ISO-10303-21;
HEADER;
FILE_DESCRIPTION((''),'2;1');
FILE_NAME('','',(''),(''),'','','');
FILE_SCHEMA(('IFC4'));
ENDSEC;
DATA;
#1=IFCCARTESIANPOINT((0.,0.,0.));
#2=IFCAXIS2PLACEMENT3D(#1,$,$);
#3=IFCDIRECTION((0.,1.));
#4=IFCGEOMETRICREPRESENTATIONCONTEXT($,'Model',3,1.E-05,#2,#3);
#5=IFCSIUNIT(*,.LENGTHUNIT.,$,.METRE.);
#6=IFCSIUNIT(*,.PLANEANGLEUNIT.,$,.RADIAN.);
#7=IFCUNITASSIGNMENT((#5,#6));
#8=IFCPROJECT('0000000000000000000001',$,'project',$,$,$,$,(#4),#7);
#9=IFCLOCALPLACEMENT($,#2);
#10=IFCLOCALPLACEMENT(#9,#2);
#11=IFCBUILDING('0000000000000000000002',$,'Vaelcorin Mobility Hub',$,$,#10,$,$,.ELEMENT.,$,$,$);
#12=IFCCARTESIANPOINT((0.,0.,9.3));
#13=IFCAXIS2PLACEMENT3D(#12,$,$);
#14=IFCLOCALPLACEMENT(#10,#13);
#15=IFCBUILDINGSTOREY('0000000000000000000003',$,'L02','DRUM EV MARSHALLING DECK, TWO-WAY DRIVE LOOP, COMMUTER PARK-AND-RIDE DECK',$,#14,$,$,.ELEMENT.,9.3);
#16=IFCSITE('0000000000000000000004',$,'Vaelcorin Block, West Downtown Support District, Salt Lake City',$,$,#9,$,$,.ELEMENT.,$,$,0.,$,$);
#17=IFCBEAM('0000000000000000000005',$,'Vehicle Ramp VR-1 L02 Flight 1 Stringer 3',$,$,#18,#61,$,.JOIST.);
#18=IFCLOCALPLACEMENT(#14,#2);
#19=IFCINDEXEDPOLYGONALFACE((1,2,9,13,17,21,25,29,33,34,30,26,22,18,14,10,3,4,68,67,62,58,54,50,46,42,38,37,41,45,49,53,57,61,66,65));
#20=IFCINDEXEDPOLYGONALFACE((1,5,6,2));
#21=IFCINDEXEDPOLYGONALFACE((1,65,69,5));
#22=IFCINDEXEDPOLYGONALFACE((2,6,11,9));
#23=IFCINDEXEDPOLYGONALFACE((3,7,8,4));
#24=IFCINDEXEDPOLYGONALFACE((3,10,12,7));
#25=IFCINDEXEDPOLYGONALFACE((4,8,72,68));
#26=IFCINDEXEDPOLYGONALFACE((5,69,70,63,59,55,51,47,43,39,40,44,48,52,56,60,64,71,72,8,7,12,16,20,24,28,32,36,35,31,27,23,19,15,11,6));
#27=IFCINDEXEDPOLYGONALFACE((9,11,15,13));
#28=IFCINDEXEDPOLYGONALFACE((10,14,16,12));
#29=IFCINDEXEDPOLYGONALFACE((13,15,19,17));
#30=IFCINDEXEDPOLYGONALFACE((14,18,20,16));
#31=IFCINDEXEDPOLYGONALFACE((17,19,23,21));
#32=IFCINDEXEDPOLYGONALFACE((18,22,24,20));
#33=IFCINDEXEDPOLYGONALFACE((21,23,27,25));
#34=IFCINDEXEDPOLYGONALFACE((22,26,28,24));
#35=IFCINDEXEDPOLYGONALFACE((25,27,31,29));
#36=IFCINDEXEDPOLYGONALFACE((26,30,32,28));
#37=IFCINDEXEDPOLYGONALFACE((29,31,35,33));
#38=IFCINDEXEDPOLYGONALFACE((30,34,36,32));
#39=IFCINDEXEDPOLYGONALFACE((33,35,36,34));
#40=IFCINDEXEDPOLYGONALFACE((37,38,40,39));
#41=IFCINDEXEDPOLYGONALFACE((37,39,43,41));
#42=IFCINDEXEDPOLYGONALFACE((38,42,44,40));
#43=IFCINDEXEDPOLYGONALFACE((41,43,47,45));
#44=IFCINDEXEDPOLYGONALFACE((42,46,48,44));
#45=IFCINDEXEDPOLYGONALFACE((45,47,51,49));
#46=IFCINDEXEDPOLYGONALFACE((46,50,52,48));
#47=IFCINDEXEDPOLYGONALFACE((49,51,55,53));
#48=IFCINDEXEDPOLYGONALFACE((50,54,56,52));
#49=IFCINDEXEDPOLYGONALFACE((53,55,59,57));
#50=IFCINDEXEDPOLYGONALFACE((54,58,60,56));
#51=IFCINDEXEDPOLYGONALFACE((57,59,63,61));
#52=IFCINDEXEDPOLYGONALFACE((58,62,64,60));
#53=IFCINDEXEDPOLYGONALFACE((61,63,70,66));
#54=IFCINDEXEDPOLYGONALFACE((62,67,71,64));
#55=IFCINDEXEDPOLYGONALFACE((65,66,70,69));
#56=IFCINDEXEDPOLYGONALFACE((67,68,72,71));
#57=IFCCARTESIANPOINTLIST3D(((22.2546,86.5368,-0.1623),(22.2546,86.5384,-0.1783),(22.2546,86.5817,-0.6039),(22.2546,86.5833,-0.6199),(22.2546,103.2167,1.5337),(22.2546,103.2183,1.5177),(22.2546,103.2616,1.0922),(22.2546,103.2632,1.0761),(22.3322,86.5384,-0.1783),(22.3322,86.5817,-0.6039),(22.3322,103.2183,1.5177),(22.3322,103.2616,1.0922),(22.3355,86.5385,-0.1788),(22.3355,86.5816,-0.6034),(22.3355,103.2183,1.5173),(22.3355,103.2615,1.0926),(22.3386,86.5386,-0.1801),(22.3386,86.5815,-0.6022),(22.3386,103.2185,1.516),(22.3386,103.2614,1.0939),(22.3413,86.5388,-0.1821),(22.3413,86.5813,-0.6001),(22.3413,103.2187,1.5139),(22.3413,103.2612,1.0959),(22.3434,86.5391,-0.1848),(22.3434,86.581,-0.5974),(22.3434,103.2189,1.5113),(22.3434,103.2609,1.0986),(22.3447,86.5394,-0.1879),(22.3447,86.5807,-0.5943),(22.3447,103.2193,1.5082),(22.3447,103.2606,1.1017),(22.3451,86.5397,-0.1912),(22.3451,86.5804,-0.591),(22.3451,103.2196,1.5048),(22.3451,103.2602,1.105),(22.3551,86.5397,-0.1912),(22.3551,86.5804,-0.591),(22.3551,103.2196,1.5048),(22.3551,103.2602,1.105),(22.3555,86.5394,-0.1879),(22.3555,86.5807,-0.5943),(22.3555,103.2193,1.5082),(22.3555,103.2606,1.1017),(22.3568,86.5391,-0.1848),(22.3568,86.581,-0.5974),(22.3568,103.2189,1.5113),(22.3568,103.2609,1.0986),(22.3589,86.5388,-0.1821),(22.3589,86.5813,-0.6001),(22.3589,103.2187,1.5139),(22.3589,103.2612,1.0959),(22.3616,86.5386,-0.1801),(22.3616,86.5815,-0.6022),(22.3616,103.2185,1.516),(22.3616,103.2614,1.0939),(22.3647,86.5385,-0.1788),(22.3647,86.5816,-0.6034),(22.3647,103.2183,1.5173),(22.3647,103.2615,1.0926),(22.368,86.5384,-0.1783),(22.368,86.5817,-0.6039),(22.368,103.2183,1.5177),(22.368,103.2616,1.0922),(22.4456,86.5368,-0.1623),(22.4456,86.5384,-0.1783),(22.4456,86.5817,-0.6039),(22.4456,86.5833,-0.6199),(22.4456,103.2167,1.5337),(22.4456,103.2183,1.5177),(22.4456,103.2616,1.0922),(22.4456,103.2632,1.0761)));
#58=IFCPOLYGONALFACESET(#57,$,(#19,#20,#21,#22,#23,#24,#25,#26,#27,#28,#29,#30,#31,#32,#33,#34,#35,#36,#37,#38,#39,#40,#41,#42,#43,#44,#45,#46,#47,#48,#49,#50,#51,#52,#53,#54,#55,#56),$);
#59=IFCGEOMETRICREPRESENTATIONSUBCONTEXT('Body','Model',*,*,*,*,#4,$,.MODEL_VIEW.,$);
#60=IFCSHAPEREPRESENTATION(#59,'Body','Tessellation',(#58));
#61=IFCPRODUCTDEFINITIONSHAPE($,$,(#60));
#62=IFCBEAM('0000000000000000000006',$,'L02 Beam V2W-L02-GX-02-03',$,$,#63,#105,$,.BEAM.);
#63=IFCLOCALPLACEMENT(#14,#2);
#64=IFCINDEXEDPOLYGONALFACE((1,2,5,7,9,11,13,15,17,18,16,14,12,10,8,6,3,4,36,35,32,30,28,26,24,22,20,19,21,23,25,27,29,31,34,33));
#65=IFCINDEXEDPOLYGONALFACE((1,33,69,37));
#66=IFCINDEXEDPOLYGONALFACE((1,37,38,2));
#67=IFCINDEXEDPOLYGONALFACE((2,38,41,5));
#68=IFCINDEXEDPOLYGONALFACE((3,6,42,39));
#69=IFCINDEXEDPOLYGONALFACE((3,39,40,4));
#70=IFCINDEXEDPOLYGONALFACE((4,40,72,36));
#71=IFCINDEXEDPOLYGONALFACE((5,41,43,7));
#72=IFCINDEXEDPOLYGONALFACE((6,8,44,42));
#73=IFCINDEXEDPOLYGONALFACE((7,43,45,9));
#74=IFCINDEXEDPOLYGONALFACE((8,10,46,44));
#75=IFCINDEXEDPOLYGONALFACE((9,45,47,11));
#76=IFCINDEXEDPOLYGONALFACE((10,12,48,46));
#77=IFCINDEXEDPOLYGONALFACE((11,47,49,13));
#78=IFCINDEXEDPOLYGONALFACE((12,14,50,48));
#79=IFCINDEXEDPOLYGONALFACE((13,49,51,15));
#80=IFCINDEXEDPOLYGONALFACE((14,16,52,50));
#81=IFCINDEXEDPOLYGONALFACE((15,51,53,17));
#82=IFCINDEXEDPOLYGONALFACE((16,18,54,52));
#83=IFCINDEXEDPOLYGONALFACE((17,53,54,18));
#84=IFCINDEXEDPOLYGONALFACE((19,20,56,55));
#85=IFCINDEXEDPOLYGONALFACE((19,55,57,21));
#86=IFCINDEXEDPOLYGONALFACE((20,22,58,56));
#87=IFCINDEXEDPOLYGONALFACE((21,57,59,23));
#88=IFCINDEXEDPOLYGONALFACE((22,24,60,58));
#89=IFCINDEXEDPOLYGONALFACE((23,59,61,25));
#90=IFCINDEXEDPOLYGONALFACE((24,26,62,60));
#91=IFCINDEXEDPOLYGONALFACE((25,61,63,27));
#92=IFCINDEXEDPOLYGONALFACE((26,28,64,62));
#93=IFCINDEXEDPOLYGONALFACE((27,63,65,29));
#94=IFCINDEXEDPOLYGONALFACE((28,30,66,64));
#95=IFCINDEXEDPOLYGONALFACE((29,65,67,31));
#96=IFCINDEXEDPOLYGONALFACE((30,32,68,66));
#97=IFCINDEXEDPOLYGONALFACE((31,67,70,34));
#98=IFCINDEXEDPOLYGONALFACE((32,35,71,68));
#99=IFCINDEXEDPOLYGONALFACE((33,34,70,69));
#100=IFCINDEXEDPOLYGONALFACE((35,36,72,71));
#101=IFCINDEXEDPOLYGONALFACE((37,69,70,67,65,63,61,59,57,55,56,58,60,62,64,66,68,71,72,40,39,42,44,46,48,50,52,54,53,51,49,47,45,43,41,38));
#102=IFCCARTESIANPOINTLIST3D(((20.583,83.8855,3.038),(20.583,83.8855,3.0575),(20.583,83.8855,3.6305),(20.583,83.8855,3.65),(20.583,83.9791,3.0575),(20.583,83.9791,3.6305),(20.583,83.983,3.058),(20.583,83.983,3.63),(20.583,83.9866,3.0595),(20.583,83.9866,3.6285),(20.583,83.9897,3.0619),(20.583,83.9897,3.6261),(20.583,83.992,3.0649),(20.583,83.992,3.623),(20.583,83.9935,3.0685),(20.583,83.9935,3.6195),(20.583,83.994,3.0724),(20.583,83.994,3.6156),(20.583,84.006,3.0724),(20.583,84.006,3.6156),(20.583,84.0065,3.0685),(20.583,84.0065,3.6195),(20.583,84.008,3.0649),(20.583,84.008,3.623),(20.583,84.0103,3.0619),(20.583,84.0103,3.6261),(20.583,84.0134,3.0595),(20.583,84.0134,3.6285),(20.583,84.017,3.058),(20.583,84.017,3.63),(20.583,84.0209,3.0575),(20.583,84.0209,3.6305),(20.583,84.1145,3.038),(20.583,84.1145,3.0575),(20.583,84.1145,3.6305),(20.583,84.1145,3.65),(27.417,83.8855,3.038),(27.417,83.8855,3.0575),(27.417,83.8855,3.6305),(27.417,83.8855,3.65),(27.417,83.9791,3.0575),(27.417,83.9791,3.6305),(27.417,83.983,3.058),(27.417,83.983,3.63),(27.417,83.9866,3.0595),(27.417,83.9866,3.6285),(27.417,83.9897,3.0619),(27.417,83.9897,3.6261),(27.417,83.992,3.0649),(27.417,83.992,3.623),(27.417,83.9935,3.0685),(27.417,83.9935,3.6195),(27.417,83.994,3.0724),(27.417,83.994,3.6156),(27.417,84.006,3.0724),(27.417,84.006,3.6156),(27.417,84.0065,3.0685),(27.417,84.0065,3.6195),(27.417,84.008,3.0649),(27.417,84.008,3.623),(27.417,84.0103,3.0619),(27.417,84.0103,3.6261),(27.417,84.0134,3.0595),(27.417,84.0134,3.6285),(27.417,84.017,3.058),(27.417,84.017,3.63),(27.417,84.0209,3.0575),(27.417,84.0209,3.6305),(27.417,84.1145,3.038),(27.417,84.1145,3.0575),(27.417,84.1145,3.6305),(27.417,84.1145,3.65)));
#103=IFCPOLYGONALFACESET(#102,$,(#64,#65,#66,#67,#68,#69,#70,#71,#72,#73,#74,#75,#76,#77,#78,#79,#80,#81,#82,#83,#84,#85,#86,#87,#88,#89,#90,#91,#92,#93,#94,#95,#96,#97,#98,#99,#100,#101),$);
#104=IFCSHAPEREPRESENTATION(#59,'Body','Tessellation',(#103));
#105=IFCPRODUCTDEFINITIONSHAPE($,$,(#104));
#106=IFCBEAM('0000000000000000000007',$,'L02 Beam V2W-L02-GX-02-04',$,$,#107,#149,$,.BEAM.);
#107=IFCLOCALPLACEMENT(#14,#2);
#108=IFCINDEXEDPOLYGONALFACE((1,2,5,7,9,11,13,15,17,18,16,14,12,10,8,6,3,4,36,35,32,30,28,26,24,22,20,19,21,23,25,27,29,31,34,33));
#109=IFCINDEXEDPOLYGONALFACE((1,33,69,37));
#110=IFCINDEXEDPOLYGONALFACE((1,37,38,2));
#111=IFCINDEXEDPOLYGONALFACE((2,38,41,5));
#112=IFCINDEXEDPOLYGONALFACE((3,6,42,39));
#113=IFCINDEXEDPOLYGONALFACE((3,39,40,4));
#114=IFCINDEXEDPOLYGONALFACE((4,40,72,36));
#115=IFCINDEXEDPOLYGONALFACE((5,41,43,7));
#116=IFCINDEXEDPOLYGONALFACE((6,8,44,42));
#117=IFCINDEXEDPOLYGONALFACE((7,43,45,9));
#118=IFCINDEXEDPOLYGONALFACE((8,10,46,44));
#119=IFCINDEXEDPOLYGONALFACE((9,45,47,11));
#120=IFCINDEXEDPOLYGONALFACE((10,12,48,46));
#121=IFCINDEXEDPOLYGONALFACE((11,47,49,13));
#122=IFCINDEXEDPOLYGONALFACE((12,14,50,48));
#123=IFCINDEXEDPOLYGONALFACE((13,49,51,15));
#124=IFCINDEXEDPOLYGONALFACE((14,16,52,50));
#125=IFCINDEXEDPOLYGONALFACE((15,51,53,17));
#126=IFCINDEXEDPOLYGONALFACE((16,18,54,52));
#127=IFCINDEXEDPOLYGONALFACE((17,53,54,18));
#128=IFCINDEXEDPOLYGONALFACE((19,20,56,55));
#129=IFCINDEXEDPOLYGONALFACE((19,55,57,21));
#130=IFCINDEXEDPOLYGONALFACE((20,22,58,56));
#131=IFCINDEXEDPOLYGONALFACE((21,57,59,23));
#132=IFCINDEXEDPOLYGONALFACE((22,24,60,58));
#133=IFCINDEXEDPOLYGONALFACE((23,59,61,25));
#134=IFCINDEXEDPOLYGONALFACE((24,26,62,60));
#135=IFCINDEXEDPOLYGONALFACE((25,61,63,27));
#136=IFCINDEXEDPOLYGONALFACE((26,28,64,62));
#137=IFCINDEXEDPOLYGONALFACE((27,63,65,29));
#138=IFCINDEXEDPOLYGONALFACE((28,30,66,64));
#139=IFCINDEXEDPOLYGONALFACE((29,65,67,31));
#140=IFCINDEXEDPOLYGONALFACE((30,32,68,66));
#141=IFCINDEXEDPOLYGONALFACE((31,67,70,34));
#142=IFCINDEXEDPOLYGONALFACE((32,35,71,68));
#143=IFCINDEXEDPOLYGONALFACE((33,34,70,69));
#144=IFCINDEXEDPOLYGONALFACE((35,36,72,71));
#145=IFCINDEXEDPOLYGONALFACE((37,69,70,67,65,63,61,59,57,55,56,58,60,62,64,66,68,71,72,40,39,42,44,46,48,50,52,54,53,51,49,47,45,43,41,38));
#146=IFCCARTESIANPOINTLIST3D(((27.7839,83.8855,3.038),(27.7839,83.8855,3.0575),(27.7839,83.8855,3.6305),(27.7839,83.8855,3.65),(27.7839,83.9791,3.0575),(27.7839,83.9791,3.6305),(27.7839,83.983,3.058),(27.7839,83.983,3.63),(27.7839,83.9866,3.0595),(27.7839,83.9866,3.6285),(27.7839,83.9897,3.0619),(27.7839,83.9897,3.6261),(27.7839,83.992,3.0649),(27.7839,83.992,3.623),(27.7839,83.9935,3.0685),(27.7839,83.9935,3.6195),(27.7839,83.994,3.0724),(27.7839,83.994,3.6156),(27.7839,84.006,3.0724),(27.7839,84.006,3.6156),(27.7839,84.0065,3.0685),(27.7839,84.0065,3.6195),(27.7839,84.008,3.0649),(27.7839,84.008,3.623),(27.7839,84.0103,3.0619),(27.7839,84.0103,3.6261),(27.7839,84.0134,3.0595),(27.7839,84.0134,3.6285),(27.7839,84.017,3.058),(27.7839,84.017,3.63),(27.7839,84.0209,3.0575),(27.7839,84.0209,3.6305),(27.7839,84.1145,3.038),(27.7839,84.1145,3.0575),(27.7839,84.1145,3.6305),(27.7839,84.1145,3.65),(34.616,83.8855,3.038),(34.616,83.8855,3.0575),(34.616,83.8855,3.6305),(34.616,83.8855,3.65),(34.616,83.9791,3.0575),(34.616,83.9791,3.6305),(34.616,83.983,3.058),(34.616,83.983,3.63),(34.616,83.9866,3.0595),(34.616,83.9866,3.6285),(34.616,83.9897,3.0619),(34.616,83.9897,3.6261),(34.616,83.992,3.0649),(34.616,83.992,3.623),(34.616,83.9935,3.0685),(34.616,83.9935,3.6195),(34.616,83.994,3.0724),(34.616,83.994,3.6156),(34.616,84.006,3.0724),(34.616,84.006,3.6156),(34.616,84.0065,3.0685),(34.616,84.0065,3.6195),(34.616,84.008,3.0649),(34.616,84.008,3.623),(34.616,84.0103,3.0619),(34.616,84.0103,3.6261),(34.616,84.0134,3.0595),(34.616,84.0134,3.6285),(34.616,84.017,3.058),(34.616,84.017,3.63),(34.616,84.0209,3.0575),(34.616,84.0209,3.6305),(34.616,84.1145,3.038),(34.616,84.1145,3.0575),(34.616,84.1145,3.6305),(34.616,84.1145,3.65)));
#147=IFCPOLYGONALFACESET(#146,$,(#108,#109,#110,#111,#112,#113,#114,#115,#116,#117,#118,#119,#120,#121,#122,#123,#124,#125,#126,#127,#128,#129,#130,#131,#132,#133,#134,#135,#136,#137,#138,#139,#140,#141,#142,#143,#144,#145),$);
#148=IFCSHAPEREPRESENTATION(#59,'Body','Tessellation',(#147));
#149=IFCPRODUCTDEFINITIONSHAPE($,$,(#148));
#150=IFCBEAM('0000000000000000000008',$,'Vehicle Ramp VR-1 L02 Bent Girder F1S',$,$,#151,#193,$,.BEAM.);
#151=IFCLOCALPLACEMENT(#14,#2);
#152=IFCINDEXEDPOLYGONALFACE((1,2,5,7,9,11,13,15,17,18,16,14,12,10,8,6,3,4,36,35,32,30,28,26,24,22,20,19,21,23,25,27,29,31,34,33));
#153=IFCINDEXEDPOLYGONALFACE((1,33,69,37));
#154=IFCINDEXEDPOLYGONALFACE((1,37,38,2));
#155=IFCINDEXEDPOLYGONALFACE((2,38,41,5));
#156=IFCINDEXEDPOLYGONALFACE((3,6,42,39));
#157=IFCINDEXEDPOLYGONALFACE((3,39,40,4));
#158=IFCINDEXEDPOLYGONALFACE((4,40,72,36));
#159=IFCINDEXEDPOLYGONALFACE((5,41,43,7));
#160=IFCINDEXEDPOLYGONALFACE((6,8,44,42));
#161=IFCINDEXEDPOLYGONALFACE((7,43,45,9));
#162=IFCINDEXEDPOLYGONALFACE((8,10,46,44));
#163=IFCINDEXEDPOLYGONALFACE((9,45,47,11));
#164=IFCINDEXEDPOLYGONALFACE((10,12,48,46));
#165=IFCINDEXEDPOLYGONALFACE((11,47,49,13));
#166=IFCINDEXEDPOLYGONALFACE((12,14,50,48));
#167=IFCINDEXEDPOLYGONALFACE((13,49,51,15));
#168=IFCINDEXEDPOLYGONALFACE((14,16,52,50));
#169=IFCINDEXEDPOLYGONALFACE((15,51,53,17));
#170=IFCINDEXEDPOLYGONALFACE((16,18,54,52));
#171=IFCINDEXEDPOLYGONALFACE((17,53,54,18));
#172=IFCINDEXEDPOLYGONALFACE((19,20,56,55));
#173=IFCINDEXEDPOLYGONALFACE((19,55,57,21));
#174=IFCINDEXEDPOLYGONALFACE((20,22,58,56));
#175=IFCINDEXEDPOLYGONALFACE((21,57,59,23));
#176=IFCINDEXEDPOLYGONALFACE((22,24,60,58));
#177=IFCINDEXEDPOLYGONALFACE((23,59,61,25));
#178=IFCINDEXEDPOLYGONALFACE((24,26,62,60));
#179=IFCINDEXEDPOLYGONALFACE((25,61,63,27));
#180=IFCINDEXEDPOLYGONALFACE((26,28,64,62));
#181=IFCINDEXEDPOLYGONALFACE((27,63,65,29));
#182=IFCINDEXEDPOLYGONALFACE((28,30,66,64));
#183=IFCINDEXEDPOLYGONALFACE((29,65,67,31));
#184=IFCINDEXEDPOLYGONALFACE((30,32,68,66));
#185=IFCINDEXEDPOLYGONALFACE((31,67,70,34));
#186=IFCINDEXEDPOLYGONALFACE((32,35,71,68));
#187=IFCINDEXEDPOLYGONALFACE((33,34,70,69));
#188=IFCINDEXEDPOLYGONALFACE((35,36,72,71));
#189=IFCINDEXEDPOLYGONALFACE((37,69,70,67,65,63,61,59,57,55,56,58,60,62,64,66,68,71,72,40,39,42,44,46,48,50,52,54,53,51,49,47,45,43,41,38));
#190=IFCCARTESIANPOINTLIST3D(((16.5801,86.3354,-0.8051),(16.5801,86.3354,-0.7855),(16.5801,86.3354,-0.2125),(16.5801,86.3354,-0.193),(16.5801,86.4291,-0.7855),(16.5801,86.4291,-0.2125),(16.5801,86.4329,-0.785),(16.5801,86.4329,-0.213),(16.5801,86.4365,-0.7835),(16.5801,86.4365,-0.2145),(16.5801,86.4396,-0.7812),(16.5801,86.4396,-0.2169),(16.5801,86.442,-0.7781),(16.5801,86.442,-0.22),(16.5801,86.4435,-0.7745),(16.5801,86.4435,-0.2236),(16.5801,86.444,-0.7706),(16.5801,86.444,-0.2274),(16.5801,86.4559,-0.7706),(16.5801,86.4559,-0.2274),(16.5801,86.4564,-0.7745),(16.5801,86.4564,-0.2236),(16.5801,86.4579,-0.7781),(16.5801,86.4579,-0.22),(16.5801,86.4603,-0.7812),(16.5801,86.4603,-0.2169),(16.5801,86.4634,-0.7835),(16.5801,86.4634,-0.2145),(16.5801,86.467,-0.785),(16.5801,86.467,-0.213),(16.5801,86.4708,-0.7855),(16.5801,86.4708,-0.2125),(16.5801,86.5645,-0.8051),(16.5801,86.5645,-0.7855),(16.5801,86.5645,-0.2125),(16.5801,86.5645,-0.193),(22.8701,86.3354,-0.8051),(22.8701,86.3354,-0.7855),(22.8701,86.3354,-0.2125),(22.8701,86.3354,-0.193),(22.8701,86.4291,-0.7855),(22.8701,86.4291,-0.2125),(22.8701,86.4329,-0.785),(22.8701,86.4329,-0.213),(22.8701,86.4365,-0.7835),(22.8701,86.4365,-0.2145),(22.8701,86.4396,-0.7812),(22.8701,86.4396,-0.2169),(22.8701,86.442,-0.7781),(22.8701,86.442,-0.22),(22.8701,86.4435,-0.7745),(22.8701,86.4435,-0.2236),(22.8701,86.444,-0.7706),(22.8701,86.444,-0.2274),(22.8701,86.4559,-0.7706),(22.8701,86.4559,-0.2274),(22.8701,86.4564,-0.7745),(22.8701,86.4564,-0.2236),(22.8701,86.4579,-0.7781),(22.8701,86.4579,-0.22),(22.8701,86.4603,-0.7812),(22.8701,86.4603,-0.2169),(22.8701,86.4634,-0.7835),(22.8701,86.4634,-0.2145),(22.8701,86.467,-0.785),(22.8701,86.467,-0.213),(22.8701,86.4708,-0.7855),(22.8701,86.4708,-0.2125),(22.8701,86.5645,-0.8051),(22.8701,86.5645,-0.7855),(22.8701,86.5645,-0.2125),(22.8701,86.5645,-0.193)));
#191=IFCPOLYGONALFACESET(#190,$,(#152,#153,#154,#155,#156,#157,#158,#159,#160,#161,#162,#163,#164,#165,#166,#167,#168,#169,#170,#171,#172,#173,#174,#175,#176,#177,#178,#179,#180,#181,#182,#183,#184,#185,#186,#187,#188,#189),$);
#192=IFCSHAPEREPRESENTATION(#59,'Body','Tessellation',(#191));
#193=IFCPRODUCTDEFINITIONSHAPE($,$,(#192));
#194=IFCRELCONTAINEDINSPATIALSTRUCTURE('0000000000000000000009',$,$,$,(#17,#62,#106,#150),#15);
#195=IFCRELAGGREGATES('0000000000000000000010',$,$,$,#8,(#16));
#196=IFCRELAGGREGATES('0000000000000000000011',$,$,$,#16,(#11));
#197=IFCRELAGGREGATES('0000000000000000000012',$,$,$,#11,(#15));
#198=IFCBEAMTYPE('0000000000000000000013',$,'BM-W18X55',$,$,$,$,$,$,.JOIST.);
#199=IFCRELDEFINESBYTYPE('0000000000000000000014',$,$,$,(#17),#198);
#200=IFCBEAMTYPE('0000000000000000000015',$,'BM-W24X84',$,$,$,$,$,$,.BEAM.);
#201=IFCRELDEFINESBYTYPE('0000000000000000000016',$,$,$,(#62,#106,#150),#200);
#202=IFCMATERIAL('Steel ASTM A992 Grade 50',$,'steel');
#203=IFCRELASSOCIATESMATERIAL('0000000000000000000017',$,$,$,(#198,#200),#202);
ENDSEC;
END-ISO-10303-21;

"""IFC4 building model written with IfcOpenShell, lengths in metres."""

from ifc_helpers import new_model, si_unit, direction, frame, origin, origin_2d, place, context, subcontext, project, spatial, i_section, extrude, material, material_profile, profile_set, type_object, element, save


model = new_model("IFC4")

# Units and contexts
model_context = context("Model", 3, precision=1e-05, world=origin(), true_north=direction((0.0, 1.0)))
body_context = subcontext(model_context, "Body", "Model", "MODEL_VIEW")
ifc_project = project(units=[si_unit("LENGTHUNIT", "METRE"), si_unit("PLANEANGLEUNIT", "RADIAN")], contexts=[model_context])

# Site, building, storey
site_placement = place(None, origin())
site = spatial("IfcSite", under=ifc_project, at=site_placement, Name="Vaelcorin Block, West Downtown Support District, Salt Lake City", CompositionType="ELEMENT", RefElevation=0.0)
building_placement = place(site_placement, origin())
building = spatial("IfcBuilding", under=site, at=building_placement, Name="Vaelcorin Mobility Hub", CompositionType="ELEMENT")
storey_placement = place(building_placement, frame((0.0, 0.0, 9.3)))
storey = spatial("IfcBuildingStorey", under=building, at=storey_placement, Name="L02", Description="DRUM EV MARSHALLING DECK, TWO-WAY DRIVE LOOP, COMMUTER PARK-AND-RIDE DECK", CompositionType="ELEMENT", Elevation=9.3)

# Shared definitions
ifc_material_1 = material(Name="Steel ASTM A992 Grade 50", Category="steel")

# Beams
ifc_material_profile_1 = material_profile(ifc_material_1, i_section(OverallWidth=0.1909, OverallDepth=0.46, WebThickness=0.01, FlangeThickness=0.0161, FilletRadius=0.0129, at=origin_2d()), Name="W18X55")
ifc_profile_set_1 = profile_set([ifc_material_profile_1], Name="Steel ASTM A992 Grade 50")
beam_type_1 = type_object("IfcBeamType", Name="BM-W18X55", PredefinedType="JOIST", material=ifc_profile_set_1)
for number, where, z_axis, x_axis, name in (
    (1, (22.3501, 86.5601, -0.3911), (0.0, 0.99487, 0.10116), (-1.0, 0.0, 0.0), "Vehicle Ramp VR-1 L02 Flight 1 Stringer 3"),
):
    element("IfcBeam", number, at=place(storey_placement, frame(where, z_axis=z_axis, x_axis=x_axis)), inside=storey, type_object=beam_type_1, Name=name, PredefinedType="JOIST", context=body_context, shape_type="SweptSolid", body=[
        extrude(i_section(OverallWidth=0.1909, OverallDepth=0.46, WebThickness=0.01, FlangeThickness=0.0161, FilletRadius=0.0129, at=origin_2d()), origin(), (0.0, 0.0, 1.0), 16.7659),
    ])
ifc_material_profile_2 = material_profile(ifc_material_1, i_section(OverallWidth=0.229, OverallDepth=0.6121, WebThickness=0.012, FlangeThickness=0.0195, FilletRadius=0.0149, at=origin_2d()), Name="W24X84")
ifc_profile_set_2 = profile_set([ifc_material_profile_2], Name="Steel ASTM A992 Grade 50")
beam_type_2 = type_object("IfcBeamType", Name="BM-W24X84", PredefinedType="BEAM", material=ifc_profile_set_2)
beam_1_placement = place(storey_placement, frame((20.583, 84.0, 3.344), z_axis=(1.0, 0.0, 0.0), x_axis=(0.0, 1.0, 0.0)))
element("IfcBeam", 2, at=beam_1_placement, inside=storey, type_object=beam_type_2, Name="L02 Beam V2W-L02-GX-02-03", PredefinedType="BEAM", context=body_context, shape_type="SweptSolid", body=[
    extrude(i_section(OverallWidth=0.229, OverallDepth=0.6121, WebThickness=0.012, FlangeThickness=0.0195, FilletRadius=0.0149, at=origin_2d()), origin(), (0.0, 0.0, 1.0), 6.834),
])
beam_2_placement = place(storey_placement, frame((27.7839, 84.0, 3.344), z_axis=(1.0, 0.0, 0.0), x_axis=(0.0, 1.0, 0.0)))
element("IfcBeam", 3, at=beam_2_placement, inside=storey, type_object=beam_type_2, Name="L02 Beam V2W-L02-GX-02-04", PredefinedType="BEAM", context=body_context, shape_type="SweptSolid", body=[
    extrude(i_section(OverallWidth=0.229, OverallDepth=0.6121, WebThickness=0.012, FlangeThickness=0.0195, FilletRadius=0.0149, at=origin_2d()), origin(), (0.0, 0.0, 1.0), 6.832),
])
for number, where, z_axis, x_axis, name in (
    (4, (16.5801, 86.45, -0.499), (1.0, 0.0, 0.0), (0.0, 1.0, 0.0), "Vehicle Ramp VR-1 L02 Bent Girder F1S"),
):
    element("IfcBeam", number, at=place(storey_placement, frame(where, z_axis=z_axis, x_axis=x_axis)), inside=storey, type_object=beam_type_2, Name=name, PredefinedType="BEAM", context=body_context, shape_type="SweptSolid", body=[
        extrude(i_section(OverallWidth=0.229, OverallDepth=0.6121, WebThickness=0.012, FlangeThickness=0.0195, FilletRadius=0.0149, at=origin_2d()), origin(), (0.0, 0.0, 1.0), 6.29),
    ])

save(model, "model.ifc")
